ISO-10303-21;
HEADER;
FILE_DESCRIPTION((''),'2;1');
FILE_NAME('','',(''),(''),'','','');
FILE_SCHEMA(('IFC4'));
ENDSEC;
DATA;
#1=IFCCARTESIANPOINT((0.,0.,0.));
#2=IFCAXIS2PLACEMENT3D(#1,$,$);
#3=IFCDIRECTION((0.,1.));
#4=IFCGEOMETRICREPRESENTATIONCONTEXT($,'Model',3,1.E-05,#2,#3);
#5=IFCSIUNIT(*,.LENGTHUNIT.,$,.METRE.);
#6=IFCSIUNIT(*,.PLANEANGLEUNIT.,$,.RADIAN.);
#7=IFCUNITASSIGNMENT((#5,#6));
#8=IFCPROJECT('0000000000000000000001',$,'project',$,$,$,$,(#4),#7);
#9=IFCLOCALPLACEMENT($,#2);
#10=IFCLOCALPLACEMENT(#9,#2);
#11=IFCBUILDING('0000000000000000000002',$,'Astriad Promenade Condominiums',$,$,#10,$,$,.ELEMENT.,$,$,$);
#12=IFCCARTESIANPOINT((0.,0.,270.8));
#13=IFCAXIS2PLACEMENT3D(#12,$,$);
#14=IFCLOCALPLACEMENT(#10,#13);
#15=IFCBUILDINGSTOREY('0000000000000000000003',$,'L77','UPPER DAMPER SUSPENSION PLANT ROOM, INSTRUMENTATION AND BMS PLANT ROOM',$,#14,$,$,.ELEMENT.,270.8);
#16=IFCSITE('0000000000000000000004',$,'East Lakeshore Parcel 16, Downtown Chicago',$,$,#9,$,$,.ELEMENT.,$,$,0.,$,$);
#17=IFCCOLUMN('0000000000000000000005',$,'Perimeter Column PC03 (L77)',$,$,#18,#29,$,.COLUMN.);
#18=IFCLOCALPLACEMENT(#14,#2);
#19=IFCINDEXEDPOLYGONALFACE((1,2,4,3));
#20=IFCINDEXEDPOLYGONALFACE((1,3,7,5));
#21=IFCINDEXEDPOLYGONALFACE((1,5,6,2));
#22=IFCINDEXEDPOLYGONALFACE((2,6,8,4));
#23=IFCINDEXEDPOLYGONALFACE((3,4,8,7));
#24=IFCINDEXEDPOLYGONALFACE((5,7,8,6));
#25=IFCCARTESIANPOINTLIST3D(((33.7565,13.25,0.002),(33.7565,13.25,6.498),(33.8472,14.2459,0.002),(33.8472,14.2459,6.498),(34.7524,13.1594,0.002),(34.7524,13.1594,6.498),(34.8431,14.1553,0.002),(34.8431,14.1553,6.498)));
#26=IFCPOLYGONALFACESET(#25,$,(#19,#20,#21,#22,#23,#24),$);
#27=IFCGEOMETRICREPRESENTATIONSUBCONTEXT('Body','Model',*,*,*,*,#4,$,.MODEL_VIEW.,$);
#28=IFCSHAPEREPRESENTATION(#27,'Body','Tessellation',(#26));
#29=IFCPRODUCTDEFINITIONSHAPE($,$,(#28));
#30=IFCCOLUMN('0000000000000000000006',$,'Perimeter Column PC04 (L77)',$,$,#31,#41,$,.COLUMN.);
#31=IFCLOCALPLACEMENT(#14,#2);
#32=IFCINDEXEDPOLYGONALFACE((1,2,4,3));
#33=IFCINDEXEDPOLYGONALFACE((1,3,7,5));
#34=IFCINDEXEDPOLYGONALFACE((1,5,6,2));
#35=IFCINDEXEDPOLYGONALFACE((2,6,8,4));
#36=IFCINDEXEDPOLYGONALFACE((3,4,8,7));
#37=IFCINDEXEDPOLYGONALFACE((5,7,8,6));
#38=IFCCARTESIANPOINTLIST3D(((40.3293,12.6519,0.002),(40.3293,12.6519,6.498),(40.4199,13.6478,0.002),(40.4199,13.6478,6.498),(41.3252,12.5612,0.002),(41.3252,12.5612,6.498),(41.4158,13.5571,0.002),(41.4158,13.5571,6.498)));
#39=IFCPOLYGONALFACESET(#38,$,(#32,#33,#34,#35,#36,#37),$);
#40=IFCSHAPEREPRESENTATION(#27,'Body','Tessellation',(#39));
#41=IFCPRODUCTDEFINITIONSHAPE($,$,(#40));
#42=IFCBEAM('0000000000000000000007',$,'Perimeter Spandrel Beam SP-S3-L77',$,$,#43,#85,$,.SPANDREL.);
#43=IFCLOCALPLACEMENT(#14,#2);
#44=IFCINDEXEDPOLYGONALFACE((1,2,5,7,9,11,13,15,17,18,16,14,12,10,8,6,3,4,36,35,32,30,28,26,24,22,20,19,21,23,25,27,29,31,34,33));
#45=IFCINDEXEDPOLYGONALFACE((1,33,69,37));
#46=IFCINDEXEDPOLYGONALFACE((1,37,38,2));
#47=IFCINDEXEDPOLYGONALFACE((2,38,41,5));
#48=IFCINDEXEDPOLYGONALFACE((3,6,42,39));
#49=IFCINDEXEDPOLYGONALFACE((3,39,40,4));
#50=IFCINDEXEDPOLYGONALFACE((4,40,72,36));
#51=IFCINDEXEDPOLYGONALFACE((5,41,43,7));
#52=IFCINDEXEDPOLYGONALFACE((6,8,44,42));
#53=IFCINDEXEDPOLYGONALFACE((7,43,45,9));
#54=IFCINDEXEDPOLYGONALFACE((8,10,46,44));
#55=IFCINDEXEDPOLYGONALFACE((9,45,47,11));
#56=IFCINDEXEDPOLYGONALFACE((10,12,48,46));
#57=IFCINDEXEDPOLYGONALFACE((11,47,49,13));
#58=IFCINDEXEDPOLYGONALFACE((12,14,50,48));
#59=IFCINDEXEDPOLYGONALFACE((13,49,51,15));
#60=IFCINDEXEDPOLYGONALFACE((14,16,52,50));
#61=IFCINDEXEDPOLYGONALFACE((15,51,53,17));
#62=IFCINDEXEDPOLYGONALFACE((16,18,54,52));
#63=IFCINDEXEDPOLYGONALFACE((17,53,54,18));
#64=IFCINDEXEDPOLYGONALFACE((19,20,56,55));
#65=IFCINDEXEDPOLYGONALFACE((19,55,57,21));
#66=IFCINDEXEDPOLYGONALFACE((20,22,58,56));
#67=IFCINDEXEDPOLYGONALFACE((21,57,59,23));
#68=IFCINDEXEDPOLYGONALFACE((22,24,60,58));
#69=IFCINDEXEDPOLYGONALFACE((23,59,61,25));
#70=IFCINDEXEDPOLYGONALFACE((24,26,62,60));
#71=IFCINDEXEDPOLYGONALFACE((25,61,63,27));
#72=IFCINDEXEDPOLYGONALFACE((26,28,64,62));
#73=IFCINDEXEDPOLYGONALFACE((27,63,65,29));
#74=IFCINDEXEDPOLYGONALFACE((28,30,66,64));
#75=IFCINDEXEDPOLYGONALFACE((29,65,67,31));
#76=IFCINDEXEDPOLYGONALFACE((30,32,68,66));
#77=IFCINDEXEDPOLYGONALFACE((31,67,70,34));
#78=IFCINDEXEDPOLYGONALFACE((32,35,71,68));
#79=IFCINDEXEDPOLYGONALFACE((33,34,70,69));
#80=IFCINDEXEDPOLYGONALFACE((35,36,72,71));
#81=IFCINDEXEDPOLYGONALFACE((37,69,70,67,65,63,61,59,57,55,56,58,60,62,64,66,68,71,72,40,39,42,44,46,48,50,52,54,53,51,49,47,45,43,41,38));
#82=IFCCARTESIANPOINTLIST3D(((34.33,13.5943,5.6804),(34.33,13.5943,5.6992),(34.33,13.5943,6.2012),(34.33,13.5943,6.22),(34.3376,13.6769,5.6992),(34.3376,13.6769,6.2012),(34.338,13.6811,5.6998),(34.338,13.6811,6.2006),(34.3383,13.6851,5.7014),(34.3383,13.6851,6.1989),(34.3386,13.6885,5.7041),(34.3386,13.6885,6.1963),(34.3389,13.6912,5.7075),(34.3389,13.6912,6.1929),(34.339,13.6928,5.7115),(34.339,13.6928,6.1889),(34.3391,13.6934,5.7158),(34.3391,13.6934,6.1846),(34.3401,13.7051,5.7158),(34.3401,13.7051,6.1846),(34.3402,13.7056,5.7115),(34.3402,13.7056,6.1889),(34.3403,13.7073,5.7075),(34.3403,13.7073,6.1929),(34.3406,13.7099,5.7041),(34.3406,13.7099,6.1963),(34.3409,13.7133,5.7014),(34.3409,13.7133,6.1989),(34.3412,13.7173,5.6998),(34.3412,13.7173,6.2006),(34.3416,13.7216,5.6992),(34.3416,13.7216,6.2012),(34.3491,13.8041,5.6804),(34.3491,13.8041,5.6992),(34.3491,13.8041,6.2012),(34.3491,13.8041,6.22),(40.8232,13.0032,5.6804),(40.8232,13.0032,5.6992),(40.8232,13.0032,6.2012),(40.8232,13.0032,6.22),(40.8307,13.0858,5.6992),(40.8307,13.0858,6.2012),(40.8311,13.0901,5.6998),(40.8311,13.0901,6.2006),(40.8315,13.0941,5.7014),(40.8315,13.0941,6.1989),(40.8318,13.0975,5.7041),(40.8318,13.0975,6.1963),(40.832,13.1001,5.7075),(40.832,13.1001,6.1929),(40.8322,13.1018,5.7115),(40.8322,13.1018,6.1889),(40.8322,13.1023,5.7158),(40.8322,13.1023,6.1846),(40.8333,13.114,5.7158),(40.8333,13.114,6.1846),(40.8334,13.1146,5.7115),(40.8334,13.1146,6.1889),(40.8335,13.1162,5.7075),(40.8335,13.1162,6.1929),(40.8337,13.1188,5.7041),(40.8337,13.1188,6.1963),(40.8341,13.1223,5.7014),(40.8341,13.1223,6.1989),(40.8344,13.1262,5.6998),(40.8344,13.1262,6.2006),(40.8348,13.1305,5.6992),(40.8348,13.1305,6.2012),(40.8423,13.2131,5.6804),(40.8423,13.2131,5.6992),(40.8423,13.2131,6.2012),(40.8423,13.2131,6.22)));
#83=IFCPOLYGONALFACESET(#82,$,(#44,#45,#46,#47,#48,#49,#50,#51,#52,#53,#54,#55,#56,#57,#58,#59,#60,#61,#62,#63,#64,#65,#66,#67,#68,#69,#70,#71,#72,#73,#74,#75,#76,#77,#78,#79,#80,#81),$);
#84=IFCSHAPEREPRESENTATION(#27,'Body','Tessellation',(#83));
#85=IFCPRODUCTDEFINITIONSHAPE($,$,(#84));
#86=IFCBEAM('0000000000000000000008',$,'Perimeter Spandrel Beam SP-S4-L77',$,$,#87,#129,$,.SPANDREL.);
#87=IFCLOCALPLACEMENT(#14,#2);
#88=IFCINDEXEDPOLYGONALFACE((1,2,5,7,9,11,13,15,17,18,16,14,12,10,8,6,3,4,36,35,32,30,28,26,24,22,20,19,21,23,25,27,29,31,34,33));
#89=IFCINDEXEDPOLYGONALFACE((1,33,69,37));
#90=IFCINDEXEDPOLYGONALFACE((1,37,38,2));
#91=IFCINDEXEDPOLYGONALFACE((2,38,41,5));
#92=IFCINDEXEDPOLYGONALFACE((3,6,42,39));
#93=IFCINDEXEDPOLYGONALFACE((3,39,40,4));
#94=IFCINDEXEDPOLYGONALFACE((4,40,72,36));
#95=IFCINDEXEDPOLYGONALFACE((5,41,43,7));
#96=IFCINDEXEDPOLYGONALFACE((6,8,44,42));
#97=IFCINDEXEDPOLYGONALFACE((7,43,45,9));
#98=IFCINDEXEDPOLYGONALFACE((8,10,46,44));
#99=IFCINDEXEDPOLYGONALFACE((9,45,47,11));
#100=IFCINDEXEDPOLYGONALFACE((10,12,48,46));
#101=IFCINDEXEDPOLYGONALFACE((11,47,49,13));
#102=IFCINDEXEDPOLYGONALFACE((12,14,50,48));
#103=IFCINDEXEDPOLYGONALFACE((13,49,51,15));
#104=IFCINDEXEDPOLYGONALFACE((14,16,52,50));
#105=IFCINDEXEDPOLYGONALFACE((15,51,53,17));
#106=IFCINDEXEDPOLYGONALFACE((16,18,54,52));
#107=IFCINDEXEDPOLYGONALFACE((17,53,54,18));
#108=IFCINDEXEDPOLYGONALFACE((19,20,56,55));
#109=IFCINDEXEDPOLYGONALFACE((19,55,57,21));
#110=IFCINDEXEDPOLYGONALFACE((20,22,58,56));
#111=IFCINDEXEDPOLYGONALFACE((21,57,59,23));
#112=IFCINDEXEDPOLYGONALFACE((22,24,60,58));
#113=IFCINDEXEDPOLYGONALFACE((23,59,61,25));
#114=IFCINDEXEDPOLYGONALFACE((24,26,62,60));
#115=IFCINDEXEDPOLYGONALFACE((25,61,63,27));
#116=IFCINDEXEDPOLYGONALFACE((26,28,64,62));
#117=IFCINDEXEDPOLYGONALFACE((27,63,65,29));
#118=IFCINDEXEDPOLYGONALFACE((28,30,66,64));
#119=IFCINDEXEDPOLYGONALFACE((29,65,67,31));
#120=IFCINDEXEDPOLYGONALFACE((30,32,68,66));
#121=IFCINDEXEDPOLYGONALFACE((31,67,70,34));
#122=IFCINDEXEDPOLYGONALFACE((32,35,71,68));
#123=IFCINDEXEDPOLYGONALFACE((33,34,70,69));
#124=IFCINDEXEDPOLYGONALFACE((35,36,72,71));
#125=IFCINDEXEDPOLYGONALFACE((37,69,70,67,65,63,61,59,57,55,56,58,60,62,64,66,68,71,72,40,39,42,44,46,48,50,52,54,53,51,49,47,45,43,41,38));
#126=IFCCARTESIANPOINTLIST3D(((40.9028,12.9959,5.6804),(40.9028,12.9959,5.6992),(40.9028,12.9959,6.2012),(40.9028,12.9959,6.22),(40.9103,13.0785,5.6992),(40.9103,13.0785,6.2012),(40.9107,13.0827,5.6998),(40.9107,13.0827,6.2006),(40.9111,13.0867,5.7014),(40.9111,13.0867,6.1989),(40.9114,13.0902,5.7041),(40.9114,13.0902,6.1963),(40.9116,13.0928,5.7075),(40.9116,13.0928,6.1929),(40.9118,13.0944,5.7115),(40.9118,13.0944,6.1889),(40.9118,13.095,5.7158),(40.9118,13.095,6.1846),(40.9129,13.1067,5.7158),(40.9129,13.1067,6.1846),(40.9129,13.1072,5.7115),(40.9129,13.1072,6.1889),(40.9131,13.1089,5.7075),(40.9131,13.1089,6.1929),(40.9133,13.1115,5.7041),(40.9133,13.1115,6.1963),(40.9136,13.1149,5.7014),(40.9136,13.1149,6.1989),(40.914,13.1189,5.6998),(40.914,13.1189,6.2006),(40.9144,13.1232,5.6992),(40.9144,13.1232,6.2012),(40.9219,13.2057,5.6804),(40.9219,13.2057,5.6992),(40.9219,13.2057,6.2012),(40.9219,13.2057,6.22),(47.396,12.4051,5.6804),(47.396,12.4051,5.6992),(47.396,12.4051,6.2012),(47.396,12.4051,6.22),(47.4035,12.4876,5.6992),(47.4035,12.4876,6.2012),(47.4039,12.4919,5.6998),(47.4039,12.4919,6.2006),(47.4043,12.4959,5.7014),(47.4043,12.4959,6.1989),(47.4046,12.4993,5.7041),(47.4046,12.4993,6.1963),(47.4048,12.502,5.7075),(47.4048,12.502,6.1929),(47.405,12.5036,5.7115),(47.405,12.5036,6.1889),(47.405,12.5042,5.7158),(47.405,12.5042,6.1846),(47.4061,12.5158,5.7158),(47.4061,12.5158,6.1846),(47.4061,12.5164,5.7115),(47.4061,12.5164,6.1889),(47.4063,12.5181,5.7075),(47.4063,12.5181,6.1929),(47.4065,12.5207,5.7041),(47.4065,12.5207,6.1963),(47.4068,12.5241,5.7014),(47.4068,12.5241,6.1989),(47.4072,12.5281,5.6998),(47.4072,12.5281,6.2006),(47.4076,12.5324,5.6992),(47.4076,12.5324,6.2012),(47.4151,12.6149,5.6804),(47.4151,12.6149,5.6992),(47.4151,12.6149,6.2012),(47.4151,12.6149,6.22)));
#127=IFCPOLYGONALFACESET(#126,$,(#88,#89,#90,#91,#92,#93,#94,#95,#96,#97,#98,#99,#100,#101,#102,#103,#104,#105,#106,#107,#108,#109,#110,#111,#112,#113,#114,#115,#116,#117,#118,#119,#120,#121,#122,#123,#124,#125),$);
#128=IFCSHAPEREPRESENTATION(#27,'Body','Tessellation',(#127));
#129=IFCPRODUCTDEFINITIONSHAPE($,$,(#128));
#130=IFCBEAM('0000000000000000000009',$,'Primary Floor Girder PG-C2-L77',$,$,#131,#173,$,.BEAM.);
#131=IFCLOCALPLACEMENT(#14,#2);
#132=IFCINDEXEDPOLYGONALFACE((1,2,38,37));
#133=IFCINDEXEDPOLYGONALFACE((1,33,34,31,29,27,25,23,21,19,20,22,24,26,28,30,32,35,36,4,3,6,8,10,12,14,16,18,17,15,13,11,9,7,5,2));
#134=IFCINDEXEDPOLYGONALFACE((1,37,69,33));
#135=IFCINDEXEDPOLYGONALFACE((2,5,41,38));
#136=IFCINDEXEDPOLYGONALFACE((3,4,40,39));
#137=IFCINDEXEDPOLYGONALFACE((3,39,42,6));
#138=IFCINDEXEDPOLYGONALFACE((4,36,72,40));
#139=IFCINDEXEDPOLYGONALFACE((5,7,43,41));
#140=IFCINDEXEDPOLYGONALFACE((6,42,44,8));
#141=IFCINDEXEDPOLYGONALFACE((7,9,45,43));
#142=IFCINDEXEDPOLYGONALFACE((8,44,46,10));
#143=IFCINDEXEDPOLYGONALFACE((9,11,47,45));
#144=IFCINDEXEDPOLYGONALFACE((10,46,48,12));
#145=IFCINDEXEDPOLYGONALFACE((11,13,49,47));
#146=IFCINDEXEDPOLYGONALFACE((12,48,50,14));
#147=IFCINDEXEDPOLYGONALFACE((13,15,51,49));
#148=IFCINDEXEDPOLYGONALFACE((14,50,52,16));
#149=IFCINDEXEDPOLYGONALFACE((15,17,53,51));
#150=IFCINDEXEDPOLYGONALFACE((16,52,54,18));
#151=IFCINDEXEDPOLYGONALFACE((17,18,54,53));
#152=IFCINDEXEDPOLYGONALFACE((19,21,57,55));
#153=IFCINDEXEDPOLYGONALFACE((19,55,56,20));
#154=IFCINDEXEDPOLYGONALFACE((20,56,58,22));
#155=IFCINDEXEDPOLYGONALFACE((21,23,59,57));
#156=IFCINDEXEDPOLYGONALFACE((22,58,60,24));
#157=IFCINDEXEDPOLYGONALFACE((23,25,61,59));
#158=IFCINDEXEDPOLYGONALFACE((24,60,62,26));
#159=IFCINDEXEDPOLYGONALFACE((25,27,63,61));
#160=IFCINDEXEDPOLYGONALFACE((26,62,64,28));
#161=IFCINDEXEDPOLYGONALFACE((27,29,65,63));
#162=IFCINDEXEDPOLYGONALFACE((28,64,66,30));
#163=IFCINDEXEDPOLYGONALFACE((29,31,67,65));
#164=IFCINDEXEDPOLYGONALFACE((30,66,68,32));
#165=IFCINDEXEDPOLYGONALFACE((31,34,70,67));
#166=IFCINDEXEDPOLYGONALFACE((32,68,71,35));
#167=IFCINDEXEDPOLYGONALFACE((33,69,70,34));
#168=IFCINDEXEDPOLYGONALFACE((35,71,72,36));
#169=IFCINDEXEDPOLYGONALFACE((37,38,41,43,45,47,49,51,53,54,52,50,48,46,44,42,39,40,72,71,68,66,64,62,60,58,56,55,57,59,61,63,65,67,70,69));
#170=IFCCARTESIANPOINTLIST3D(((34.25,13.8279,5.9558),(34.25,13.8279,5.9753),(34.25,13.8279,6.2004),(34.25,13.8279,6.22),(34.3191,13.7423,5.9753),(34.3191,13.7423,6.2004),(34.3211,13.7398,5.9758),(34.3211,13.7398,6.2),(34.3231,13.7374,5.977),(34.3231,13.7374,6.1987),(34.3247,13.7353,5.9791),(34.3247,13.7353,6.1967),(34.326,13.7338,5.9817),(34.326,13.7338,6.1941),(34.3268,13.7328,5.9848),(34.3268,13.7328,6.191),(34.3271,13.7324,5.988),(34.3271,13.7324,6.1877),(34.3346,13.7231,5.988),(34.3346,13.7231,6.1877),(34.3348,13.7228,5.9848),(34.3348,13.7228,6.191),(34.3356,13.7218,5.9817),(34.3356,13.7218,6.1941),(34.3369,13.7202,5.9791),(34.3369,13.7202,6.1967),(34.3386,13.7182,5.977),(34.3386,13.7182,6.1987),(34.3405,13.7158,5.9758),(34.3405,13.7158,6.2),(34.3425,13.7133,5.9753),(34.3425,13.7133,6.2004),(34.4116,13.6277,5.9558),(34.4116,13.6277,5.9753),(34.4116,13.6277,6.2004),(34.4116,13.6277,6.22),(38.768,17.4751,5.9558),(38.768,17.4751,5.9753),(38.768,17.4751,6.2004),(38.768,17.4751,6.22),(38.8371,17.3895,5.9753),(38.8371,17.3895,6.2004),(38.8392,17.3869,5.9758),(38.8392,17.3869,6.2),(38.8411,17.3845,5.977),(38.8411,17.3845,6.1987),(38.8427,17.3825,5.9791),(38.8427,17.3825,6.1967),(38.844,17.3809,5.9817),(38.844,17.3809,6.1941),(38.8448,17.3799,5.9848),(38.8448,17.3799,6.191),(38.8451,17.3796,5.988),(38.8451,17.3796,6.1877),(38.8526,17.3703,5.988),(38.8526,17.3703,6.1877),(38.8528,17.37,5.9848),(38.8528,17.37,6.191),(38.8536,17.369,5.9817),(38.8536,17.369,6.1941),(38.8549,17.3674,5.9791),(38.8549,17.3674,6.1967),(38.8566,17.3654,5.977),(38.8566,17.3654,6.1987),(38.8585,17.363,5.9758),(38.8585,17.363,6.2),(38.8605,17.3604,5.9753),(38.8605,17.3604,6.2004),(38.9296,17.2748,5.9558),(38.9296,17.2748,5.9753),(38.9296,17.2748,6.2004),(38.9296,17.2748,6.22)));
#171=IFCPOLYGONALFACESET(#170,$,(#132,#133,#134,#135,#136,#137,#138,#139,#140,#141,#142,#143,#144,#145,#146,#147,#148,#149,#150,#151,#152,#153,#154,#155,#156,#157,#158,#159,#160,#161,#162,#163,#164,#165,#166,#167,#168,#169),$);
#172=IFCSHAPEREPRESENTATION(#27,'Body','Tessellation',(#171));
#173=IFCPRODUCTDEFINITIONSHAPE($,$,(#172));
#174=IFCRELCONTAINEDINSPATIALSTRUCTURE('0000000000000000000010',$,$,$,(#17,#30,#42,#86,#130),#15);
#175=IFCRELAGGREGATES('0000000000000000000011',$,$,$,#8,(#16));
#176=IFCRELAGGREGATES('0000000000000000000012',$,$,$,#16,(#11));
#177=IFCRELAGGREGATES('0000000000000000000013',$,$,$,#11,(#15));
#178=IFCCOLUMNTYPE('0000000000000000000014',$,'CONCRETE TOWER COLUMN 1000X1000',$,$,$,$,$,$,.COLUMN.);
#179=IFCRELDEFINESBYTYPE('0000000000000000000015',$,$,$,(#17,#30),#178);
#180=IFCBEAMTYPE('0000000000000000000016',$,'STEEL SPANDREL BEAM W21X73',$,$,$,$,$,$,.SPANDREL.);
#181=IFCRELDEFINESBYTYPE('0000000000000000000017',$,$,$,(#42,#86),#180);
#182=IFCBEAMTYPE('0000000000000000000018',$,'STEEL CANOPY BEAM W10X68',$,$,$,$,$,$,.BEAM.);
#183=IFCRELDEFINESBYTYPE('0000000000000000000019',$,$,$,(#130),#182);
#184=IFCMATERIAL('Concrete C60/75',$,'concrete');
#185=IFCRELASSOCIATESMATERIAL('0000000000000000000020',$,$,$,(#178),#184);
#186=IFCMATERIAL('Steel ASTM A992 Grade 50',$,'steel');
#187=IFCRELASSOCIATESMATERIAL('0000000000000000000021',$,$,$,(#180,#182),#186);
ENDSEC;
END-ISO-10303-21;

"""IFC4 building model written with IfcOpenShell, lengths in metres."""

from ifc_helpers import new_model, si_unit, direction, frame, origin, origin_2d, place, context, subcontext, project, spatial, rectangle, i_section, extrude, source, transform, mapped, material, material_profile, profile_set, type_object, type_shapes, element, save


model = new_model("IFC4")

# Units and contexts
model_context = context("Model", 3, precision=1e-05, world=origin(), true_north=direction((0.0, 1.0)))
body_context = subcontext(model_context, "Body", "Model", "MODEL_VIEW")
ifc_project = project(units=[si_unit("LENGTHUNIT", "METRE"), si_unit("PLANEANGLEUNIT", "RADIAN")], contexts=[model_context])

# Site, building, storey
site_placement = place(None, origin())
site = spatial("IfcSite", under=ifc_project, at=site_placement, Name="East Lakeshore Parcel 16, Downtown Chicago", CompositionType="ELEMENT", RefElevation=0.0)
building_placement = place(site_placement, origin())
building = spatial("IfcBuilding", under=site, at=building_placement, Name="Astriad Promenade Condominiums", CompositionType="ELEMENT")
storey_placement = place(building_placement, frame((0.0, 0.0, 270.8)))
storey = spatial("IfcBuildingStorey", under=building, at=storey_placement, Name="L77", Description="UPPER DAMPER SUSPENSION PLANT ROOM, INSTRUMENTATION AND BMS PLANT ROOM", CompositionType="ELEMENT", Elevation=270.8)

# Columns
ifc_material_1 = material(Name="Concrete C60/75", Category="concrete")
ifc_material_profile_1 = material_profile(ifc_material_1, rectangle(XDim=1.0, YDim=1.0, at=origin_2d()), Name="RC-COL-1000X1000")
ifc_profile_set_1 = profile_set([ifc_material_profile_1], Name="Concrete C60/75")
column_type = type_object("IfcColumnType", Name="CONCRETE TOWER COLUMN 1000X1000", PredefinedType="COLUMN", material=ifc_profile_set_1)
shared_shape_1 = source(origin(), body_context, "Body", "SweptSolid", [
    extrude(rectangle(XDim=1.0, YDim=1.0, at=origin_2d()), origin(), (0.0, 0.0, 1.0), 6.4961),
])
type_shapes(column_type, [shared_shape_1])
for number, where, z_axis, x_axis, name in (
    (1, (34.2998, 13.7026, 0.002), (0.0, 0.0, 1.0), (0.995884, -0.090633, 0.0), "Perimeter Column PC03 (L77)"),
    (2, (40.8726, 13.1045, 0.002), (0.0, 0.0, 1.0), (0.995884, -0.090633, 0.0), "Perimeter Column PC04 (L77)"),
):
    element("IfcColumn", number, at=place(storey_placement, frame(where, z_axis=z_axis, x_axis=x_axis)), inside=storey, type_object=column_type, Name=name, PredefinedType="COLUMN", context=body_context, shape_type="MappedRepresentation", body=[
        mapped(shared_shape_1, transform((0.0, 0.0, 0.0), scale=1.0)),
    ])

# Beams
ifc_material_2 = material(Name="Steel ASTM A992 Grade 50", Category="steel")
ifc_material_profile_2 = material_profile(ifc_material_2, i_section(OverallWidth=0.2107, OverallDepth=0.5396, WebThickness=0.0117, FlangeThickness=0.0188, FilletRadius=0.0166, at=origin_2d()), Name="W21X73")
ifc_profile_set_2 = profile_set([ifc_material_profile_2], Name="Steel ASTM A992 Grade 50")
beam_type_1 = type_object("IfcBeamType", Name="STEEL SPANDREL BEAM W21X73", PredefinedType="SPANDREL", material=ifc_profile_set_2)
shared_shape_2 = source(origin(), body_context, "Body", "SweptSolid", [
    extrude(i_section(OverallWidth=0.2107, OverallDepth=0.5396, WebThickness=0.0117, FlangeThickness=0.0188, FilletRadius=0.0166, at=origin_2d()), origin(), (0.0, 0.0, 1.0), 6.52),
])
type_shapes(beam_type_1, [shared_shape_2])
for number, where, z_axis, x_axis, name in (
    (3, (34.3396, 13.6992, 5.9502), (0.995882, -0.090654, 0.0), (0.090654, 0.995882, 0.0), "Perimeter Spandrel Beam SP-S3-L77"),
    (4, (40.9124, 13.1008, 5.9502), (0.995886, -0.090617, 0.0), (0.090617, 0.995886, 0.0), "Perimeter Spandrel Beam SP-S4-L77"),
):
    element("IfcBeam", number, at=place(storey_placement, frame(where, z_axis=z_axis, x_axis=x_axis)), inside=storey, type_object=beam_type_1, Name=name, PredefinedType="SPANDREL", context=body_context, shape_type="MappedRepresentation", body=[
        mapped(shared_shape_2, transform((0.0, 0.0, 0.0), scale=1.0)),
    ])
ifc_material_profile_3 = material_profile(ifc_material_2, i_section(OverallWidth=0.2573, OverallDepth=0.2642, WebThickness=0.012, FlangeThickness=0.0195, FilletRadius=0.0127, at=origin_2d()), Name="W10X68")
ifc_profile_set_3 = profile_set([ifc_material_profile_3], Name="Steel ASTM A992 Grade 50")
beam_type_2 = type_object("IfcBeamType", Name="STEEL CANOPY BEAM W10X68", PredefinedType="BEAM", material=ifc_profile_set_3)
shared_shape_3 = source(origin(), body_context, "Body", "SweptSolid", [
    extrude(i_section(OverallWidth=0.2573, OverallDepth=0.2642, WebThickness=0.012, FlangeThickness=0.0195, FilletRadius=0.0127, at=origin_2d()), origin(), (0.0, 0.0, 1.0), 5.8064),
])
beam_1_placement = place(storey_placement, frame((34.3308, 13.7278, 6.0879), z_axis=(0.778109, 0.62813, 0.0), x_axis=(-0.62813, 0.778109, 0.0)))
element("IfcBeam", 5, at=beam_1_placement, inside=storey, type_object=beam_type_2, Name="Primary Floor Girder PG-C2-L77", PredefinedType="BEAM", context=body_context, shape_type="MappedRepresentation", body=[
    mapped(shared_shape_3, transform((0.0, 0.0, 0.0), scale=1.0)),
])

save(model, "model.ifc")
